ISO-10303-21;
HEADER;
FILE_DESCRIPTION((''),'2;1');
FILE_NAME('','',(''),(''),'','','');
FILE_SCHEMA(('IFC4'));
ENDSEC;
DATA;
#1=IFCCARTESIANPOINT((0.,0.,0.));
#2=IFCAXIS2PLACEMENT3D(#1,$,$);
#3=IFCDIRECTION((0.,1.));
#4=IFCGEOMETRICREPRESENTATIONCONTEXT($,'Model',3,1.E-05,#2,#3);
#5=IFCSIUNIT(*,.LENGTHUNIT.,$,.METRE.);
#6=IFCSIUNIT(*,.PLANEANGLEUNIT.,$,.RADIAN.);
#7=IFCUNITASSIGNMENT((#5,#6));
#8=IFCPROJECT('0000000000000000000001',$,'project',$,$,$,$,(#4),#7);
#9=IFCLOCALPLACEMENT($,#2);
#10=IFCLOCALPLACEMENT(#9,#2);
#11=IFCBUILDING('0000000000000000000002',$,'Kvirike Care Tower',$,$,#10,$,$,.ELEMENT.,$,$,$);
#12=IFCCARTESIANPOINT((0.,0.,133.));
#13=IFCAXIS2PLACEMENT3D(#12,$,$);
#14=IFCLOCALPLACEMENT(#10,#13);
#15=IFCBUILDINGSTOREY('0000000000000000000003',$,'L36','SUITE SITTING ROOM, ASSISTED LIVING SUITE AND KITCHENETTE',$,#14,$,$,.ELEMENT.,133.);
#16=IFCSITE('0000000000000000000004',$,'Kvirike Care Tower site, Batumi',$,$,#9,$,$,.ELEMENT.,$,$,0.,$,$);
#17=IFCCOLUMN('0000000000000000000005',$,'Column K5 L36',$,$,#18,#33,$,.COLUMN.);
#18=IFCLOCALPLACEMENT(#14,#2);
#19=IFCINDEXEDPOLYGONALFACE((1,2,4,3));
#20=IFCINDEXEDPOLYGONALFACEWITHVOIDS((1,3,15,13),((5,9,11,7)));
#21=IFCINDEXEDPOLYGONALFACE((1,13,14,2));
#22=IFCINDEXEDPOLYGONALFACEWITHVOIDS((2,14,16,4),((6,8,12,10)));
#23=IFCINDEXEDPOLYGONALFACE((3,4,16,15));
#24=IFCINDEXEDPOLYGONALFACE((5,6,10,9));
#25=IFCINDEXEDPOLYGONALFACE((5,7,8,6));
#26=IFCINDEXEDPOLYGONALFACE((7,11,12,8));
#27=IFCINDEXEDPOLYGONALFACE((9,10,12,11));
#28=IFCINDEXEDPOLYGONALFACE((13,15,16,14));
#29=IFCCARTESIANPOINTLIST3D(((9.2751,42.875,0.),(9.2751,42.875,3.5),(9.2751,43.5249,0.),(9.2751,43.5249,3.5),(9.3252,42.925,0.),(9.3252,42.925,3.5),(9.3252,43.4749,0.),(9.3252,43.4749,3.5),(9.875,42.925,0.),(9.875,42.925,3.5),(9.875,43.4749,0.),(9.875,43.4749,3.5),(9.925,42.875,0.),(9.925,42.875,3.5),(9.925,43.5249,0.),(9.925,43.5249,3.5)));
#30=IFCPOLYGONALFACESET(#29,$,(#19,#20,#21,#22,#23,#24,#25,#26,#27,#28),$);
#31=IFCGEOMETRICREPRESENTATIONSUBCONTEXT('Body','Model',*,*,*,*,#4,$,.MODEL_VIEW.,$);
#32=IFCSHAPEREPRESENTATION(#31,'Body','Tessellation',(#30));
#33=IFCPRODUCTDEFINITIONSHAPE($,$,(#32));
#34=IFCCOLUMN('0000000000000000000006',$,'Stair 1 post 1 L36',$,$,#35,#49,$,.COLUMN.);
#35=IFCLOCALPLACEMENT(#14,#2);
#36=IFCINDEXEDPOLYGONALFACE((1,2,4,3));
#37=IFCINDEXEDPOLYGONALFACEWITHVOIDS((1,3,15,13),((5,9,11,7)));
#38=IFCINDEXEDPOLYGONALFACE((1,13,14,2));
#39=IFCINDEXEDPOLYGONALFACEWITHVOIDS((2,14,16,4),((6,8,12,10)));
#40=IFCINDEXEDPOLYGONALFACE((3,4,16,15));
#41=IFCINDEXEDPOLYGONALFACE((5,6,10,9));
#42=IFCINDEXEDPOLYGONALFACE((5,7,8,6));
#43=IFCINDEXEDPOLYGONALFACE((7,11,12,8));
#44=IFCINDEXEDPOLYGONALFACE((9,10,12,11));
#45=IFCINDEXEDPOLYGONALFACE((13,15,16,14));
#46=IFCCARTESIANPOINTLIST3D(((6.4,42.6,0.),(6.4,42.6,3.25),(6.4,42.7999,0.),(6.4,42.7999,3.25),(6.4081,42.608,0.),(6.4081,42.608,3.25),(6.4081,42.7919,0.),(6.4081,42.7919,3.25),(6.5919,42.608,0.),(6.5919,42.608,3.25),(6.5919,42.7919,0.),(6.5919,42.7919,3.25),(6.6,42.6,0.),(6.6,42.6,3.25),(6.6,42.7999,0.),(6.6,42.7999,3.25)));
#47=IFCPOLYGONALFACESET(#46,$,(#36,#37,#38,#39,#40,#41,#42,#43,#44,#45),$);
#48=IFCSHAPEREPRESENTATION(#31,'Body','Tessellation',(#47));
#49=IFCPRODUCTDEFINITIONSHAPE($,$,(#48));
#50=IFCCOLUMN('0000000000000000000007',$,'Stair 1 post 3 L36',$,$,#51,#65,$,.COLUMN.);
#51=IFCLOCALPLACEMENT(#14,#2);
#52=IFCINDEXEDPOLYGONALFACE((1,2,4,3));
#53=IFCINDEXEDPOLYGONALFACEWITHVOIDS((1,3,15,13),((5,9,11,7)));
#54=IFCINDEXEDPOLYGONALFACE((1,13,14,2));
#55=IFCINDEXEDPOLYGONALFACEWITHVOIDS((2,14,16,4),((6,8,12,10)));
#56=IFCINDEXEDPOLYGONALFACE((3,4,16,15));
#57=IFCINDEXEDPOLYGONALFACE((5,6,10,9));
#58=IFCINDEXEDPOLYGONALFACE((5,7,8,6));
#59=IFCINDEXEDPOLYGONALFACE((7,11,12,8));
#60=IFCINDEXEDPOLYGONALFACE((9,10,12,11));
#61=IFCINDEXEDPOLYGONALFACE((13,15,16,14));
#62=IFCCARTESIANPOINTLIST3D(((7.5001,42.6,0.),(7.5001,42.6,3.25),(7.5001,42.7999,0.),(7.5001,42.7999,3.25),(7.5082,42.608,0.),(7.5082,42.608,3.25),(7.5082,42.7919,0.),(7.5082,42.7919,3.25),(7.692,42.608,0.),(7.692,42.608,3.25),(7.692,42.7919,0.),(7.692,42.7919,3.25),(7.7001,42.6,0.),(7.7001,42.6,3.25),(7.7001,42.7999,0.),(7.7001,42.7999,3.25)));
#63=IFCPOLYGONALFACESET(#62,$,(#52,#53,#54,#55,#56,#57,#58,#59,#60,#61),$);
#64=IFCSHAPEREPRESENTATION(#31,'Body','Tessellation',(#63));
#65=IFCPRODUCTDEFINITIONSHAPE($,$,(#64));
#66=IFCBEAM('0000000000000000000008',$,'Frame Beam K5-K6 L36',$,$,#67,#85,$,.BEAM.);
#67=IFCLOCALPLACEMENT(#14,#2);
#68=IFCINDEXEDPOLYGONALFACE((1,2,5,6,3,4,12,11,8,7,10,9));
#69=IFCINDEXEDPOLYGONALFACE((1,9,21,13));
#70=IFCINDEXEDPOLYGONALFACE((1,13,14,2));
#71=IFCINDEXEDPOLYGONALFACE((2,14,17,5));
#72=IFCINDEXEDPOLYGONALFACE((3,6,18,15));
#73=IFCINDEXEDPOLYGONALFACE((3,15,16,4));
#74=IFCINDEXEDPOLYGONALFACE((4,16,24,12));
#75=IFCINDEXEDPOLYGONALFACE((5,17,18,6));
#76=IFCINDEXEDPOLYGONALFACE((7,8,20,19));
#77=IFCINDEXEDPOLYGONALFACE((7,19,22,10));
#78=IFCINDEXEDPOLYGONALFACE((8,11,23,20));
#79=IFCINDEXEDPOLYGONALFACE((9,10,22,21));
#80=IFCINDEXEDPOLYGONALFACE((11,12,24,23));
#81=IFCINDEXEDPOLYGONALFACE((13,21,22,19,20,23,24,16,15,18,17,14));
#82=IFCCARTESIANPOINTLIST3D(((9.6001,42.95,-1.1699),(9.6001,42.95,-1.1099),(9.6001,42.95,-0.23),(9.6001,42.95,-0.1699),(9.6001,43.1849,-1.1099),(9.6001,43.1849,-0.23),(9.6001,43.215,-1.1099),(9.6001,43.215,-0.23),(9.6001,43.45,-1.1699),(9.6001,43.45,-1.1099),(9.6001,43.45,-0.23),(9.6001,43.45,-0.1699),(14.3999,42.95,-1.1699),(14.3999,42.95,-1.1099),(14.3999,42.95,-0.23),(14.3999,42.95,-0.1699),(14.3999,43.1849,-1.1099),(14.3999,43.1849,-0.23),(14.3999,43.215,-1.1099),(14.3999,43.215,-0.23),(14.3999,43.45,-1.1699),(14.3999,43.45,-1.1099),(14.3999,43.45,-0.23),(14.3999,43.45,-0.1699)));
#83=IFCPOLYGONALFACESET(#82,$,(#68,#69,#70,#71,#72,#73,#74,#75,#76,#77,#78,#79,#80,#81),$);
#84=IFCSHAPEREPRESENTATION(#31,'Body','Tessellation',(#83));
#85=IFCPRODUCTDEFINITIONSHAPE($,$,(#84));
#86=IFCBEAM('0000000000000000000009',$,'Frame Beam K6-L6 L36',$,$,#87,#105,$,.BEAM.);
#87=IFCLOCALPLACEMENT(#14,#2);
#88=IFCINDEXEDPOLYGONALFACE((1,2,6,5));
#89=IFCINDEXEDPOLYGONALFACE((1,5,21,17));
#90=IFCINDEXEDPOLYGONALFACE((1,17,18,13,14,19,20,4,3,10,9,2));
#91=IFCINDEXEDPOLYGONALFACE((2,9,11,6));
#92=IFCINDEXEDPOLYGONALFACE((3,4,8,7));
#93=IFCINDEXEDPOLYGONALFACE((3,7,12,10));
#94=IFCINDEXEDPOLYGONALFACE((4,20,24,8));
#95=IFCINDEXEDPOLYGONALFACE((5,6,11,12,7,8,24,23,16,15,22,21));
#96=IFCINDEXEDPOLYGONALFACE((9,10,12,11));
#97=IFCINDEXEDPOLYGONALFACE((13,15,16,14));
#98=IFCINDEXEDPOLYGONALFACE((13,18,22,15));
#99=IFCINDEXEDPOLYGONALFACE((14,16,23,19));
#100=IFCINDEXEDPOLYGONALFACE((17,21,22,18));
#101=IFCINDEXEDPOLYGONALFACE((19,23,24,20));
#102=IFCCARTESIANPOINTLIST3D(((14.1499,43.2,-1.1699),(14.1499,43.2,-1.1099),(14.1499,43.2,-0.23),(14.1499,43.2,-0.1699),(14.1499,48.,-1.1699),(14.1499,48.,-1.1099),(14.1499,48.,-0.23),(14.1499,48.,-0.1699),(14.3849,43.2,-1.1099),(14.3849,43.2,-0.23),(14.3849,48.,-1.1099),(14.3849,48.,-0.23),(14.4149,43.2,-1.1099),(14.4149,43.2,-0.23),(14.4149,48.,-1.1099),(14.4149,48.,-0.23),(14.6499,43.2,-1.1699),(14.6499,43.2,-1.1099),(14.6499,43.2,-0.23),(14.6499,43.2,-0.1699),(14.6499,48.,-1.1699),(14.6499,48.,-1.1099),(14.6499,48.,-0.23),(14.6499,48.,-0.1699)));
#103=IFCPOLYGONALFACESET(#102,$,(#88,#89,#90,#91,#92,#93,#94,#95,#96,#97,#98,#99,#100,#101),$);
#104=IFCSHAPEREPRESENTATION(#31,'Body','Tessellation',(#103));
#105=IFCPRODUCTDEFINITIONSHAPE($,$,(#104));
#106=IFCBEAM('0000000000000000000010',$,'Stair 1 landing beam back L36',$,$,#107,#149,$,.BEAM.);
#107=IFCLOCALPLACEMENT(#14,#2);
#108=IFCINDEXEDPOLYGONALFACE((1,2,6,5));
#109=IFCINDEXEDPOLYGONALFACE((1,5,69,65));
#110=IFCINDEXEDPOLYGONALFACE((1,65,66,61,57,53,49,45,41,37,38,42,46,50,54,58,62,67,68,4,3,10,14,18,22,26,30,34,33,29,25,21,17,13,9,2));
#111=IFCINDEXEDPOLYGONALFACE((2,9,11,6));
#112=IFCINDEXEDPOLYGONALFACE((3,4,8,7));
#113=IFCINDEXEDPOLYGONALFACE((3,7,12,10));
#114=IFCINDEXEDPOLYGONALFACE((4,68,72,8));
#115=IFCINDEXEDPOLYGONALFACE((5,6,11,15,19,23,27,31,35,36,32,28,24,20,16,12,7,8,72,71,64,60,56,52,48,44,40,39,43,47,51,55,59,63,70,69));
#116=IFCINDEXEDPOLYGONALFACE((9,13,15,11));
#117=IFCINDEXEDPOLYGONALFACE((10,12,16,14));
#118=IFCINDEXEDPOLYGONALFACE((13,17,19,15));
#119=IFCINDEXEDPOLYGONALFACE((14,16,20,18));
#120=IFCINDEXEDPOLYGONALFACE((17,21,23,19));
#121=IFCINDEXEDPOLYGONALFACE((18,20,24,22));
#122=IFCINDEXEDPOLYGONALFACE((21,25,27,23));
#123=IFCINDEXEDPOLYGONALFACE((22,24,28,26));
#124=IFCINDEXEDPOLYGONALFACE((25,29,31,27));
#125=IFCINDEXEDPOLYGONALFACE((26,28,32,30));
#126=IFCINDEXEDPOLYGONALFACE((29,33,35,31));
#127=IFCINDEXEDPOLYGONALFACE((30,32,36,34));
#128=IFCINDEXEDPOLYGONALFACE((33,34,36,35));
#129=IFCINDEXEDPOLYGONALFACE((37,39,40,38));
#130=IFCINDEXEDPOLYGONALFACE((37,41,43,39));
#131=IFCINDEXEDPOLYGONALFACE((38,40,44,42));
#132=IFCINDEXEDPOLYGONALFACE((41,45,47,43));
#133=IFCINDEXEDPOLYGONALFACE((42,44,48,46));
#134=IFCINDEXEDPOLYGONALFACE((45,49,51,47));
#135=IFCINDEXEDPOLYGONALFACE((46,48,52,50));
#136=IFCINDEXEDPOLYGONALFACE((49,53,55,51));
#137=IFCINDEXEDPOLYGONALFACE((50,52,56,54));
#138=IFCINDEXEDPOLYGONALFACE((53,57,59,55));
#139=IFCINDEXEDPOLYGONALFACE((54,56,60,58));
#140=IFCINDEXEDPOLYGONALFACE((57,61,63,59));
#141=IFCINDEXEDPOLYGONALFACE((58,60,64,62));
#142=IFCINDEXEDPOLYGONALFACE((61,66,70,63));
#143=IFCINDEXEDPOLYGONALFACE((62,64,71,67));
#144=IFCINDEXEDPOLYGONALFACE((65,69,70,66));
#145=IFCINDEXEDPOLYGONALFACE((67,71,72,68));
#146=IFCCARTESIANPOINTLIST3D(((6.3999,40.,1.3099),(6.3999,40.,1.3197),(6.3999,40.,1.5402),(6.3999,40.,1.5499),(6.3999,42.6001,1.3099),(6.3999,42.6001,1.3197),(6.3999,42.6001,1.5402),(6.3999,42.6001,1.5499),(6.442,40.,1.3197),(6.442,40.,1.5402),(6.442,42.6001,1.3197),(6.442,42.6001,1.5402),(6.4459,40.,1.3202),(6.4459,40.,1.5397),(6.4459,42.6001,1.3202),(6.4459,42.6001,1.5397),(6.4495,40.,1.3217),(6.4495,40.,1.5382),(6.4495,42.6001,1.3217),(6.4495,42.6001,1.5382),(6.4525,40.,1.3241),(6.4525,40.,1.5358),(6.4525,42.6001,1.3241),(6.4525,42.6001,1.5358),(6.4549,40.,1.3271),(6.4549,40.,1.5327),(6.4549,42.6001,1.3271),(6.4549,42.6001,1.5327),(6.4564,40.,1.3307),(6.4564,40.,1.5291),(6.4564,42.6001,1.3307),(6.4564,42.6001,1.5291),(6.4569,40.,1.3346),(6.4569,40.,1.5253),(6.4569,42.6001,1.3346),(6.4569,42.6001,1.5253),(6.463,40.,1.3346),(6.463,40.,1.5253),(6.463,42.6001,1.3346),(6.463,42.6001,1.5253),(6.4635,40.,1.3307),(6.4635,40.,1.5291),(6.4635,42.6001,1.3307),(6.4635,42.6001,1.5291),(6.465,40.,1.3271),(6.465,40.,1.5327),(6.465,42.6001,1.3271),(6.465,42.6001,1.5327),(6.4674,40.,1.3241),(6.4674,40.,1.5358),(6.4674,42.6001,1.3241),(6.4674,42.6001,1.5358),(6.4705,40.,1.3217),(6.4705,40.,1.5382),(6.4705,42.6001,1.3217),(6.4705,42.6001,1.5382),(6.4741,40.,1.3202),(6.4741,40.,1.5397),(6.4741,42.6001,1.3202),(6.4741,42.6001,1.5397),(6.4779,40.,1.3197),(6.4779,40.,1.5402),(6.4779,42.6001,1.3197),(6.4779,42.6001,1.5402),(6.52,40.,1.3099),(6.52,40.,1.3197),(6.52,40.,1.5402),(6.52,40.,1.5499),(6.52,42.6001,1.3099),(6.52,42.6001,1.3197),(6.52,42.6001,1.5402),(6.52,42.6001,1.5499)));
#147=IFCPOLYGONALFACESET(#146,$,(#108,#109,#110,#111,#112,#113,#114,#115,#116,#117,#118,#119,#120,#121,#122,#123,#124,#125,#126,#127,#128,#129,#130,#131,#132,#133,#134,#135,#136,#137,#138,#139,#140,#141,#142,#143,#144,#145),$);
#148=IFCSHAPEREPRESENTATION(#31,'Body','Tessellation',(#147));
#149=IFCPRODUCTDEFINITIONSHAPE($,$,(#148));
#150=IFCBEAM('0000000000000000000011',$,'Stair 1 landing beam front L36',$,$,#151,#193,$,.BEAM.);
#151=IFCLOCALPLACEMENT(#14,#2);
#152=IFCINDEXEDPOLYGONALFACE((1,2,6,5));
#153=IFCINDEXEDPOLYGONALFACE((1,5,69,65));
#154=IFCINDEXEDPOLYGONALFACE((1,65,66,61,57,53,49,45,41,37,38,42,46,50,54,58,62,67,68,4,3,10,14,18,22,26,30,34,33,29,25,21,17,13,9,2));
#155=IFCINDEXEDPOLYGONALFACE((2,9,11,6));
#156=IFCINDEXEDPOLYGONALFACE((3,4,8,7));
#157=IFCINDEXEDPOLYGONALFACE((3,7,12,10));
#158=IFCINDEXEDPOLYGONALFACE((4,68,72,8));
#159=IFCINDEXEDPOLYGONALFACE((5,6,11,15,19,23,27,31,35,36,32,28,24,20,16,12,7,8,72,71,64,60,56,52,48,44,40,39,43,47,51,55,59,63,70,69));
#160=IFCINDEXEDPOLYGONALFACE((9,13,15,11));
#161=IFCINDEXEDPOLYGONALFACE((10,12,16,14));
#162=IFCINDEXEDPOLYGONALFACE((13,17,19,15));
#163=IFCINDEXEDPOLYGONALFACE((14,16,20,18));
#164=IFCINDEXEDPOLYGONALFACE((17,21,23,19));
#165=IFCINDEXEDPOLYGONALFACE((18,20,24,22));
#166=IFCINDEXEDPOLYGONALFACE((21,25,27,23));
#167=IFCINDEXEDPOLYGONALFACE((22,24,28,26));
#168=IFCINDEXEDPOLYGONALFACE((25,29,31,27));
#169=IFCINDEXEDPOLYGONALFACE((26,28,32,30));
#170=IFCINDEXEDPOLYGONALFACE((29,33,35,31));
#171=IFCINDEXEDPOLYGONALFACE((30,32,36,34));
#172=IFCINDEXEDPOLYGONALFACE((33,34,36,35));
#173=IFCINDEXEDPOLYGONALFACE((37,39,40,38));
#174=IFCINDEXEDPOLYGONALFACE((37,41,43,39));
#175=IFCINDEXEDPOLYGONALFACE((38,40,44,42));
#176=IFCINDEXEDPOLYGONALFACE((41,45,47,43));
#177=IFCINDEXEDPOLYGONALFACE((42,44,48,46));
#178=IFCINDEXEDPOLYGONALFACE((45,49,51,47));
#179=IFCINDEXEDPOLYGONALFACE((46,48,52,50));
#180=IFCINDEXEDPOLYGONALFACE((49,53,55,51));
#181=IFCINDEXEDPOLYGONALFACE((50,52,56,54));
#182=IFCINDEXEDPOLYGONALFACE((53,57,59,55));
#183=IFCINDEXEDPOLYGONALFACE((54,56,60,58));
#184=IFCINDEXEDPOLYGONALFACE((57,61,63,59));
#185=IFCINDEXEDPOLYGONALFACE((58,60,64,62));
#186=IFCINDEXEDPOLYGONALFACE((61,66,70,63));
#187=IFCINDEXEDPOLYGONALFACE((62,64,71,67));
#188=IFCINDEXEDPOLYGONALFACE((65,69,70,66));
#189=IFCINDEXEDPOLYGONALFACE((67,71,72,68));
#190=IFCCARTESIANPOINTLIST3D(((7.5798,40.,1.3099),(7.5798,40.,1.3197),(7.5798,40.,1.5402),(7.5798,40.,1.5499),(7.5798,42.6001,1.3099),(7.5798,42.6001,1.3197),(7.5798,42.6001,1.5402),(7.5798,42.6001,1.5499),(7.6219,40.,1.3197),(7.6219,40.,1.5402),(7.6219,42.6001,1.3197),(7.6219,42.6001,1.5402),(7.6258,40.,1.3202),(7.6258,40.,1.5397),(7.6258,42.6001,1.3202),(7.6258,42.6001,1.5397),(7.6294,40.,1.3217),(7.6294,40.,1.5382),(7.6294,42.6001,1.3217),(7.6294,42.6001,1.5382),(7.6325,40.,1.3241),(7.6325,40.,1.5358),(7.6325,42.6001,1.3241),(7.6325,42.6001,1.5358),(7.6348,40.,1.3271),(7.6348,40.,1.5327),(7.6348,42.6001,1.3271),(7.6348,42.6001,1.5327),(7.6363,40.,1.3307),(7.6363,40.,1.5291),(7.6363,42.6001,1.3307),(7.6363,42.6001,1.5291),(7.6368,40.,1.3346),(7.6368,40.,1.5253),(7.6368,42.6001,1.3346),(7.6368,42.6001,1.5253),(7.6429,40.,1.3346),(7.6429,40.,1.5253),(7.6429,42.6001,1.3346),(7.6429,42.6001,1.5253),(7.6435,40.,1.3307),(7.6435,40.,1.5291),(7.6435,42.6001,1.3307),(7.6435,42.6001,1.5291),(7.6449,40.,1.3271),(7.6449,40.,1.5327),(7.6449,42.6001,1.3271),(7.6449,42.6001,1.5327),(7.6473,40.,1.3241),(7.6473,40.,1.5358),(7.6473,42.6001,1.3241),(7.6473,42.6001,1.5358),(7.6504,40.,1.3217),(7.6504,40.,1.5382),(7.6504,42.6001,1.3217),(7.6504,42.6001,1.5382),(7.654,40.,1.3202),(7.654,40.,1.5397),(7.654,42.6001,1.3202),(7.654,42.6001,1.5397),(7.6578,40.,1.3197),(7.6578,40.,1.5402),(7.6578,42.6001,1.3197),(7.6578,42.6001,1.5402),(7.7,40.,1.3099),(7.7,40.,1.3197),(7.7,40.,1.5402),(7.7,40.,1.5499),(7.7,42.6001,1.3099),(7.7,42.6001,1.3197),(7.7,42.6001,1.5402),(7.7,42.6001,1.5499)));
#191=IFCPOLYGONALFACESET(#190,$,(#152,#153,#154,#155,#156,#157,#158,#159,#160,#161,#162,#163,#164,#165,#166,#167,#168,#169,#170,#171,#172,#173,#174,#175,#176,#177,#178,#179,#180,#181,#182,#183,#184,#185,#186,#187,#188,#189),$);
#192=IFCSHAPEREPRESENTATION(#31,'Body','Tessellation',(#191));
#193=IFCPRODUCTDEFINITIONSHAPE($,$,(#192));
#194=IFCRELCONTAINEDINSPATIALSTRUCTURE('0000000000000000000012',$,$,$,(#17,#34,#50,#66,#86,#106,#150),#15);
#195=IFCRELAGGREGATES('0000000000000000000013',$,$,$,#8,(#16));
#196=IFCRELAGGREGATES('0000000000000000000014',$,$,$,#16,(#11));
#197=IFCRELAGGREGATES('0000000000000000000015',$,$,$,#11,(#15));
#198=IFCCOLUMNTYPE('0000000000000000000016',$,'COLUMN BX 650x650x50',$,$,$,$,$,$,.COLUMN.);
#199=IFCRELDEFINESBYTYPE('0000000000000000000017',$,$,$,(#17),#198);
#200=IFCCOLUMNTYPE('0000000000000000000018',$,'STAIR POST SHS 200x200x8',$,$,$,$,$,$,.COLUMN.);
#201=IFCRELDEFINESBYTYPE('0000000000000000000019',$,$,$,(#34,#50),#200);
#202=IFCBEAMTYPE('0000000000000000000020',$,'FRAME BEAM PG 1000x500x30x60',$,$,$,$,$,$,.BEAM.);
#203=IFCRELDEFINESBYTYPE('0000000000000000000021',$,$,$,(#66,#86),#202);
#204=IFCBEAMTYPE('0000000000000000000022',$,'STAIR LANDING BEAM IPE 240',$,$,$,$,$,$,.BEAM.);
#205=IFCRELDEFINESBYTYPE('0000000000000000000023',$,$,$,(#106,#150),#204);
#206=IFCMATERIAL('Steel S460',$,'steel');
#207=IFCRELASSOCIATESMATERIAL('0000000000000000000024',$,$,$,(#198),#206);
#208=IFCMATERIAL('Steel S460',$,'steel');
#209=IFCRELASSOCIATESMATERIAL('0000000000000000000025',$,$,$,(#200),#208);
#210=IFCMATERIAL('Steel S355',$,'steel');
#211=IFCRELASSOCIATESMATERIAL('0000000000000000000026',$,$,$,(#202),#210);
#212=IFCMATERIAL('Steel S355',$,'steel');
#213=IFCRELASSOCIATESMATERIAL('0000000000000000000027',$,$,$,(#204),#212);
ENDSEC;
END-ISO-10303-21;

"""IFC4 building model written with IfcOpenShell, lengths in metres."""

from ifc_helpers import new_model, si_unit, direction, frame, origin, origin_2d, place, context, subcontext, project, spatial, hollow_rectangle, i_section, extrude, material, material_profile, profile_set, type_object, element, save


model = new_model("IFC4")

# Units and contexts
model_context = context("Model", 3, precision=1e-05, world=origin(), true_north=direction((0.0, 1.0)))
body_context = subcontext(model_context, "Body", "Model", "MODEL_VIEW")
ifc_project = project(units=[si_unit("LENGTHUNIT", "METRE"), si_unit("PLANEANGLEUNIT", "RADIAN")], contexts=[model_context])

# Site, building, storey
site_placement = place(None, origin())
site = spatial("IfcSite", under=ifc_project, at=site_placement, Name="Kvirike Care Tower site, Batumi", CompositionType="ELEMENT", RefElevation=0.0)
building_placement = place(site_placement, origin())
building = spatial("IfcBuilding", under=site, at=building_placement, Name="Kvirike Care Tower", CompositionType="ELEMENT")
storey_placement = place(building_placement, frame((0.0, 0.0, 133.0)))
storey = spatial("IfcBuildingStorey", under=building, at=storey_placement, Name="L36", Description="SUITE SITTING ROOM, ASSISTED LIVING SUITE AND KITCHENETTE", CompositionType="ELEMENT", Elevation=133.0)

# Columns
ifc_material_1 = material(Name="Steel S460", Category="steel")
ifc_material_profile_1 = material_profile(ifc_material_1, hollow_rectangle(XDim=0.6499, YDim=0.6499, WallThickness=0.05, at=origin_2d()), Name="BX 650x650x50")
ifc_profile_set_1 = profile_set([ifc_material_profile_1], Name="Steel S460")
column_type_1 = type_object("IfcColumnType", Name="COLUMN BX 650x650x50", PredefinedType="COLUMN", material=ifc_profile_set_1)
column_placement = place(storey_placement, frame((9.6001, 43.2, 0.0), z_axis=(0.0, 0.0, 1.0), x_axis=(0.0, 1.0, 0.0)))
element("IfcColumn", 1, at=column_placement, inside=storey, type_object=column_type_1, Name="Column K5 L36", PredefinedType="COLUMN", context=body_context, shape_type="SweptSolid", body=[
    extrude(hollow_rectangle(XDim=0.6499, YDim=0.6499, WallThickness=0.05, at=origin_2d()), origin(), (0.0, 0.0, 1.0), 3.5),
])
ifc_material_2 = material(Name="Steel S460", Category="steel")
ifc_material_profile_2 = material_profile(ifc_material_2, hollow_rectangle(XDim=0.2, YDim=0.2, WallThickness=0.0081, at=origin_2d()), Name="SHS 200x200x8")
ifc_profile_set_2 = profile_set([ifc_material_profile_2], Name="Steel S460")
column_type_2 = type_object("IfcColumnType", Name="STAIR POST SHS 200x200x8", PredefinedType="COLUMN", material=ifc_profile_set_2)
for number, where, z_axis, x_axis, name in (
    (2, (6.5, 42.7, 0.0), (0.0, 0.0, 1.0), (1.0, 0.0, 0.0), "Stair 1 post 1 L36"),
    (3, (7.6001, 42.7, 0.0), (0.0, 0.0, 1.0), (1.0, 0.0, 0.0), "Stair 1 post 3 L36"),
):
    element("IfcColumn", number, at=place(storey_placement, frame(where, z_axis=z_axis, x_axis=x_axis)), inside=storey, type_object=column_type_2, Name=name, PredefinedType="COLUMN", context=body_context, shape_type="SweptSolid", body=[
        extrude(hollow_rectangle(XDim=0.2, YDim=0.2, WallThickness=0.0081, at=origin_2d()), origin(), (0.0, 0.0, 1.0), 3.25),
    ])

# Beams
ifc_material_3 = material(Name="Steel S355", Category="steel")
ifc_material_profile_3 = material_profile(ifc_material_3, i_section(OverallWidth=0.5, OverallDepth=1.0, WebThickness=0.03, FlangeThickness=0.0601, at=origin_2d()), Name="PG 1000x500x30x60")
ifc_profile_set_3 = profile_set([ifc_material_profile_3], Name="Steel S355")
beam_type_1 = type_object("IfcBeamType", Name="FRAME BEAM PG 1000x500x30x60", PredefinedType="BEAM", material=ifc_profile_set_3)
beam_1_placement = place(storey_placement, frame((9.6001, 43.2, -0.6699), z_axis=(1.0, 0.0, 0.0), x_axis=(0.0, 1.0, 0.0)))
element("IfcBeam", 4, at=beam_1_placement, inside=storey, type_object=beam_type_1, Name="Frame Beam K5-K6 L36", PredefinedType="BEAM", context=body_context, shape_type="SweptSolid", body=[
    extrude(i_section(OverallWidth=0.5, OverallDepth=1.0, WebThickness=0.03, FlangeThickness=0.0601, at=origin_2d()), origin(), (0.0, 0.0, 1.0), 4.7998),
])
beam_2_placement = place(storey_placement, frame((14.3999, 43.2, -0.6699), z_axis=(0.0, 1.0, 0.0), x_axis=(-1.0, 0.0, 0.0)))
element("IfcBeam", 5, at=beam_2_placement, inside=storey, type_object=beam_type_1, Name="Frame Beam K6-L6 L36", PredefinedType="BEAM", context=body_context, shape_type="SweptSolid", body=[
    extrude(i_section(OverallWidth=0.5, OverallDepth=1.0, WebThickness=0.03, FlangeThickness=0.0601, at=origin_2d()), origin(), (0.0, 0.0, 1.0), 4.8),
])
ifc_material_4 = material(Name="Steel S355", Category="steel")
ifc_material_profile_4 = material_profile(ifc_material_4, i_section(OverallWidth=0.1201, OverallDepth=0.24, WebThickness=0.0061, FlangeThickness=0.0098, FilletRadius=0.0149, at=origin_2d()), Name="IPE 240")
ifc_profile_set_4 = profile_set([ifc_material_profile_4], Name="Steel S355")
beam_type_2 = type_object("IfcBeamType", Name="STAIR LANDING BEAM IPE 240", PredefinedType="BEAM", material=ifc_profile_set_4)
for number, where, z_axis, x_axis, name in (
    (6, (6.46, 42.6001, 1.4299), (0.0, -1.0, 0.0), (1.0, 0.0, 0.0), "Stair 1 landing beam back L36"),
    (7, (7.6399, 42.6001, 1.4299), (0.0, -1.0, 0.0), (1.0, 0.0, 0.0), "Stair 1 landing beam front L36"),
):
    element("IfcBeam", number, at=place(storey_placement, frame(where, z_axis=z_axis, x_axis=x_axis)), inside=storey, type_object=beam_type_2, Name=name, PredefinedType="BEAM", context=body_context, shape_type="SweptSolid", body=[
        extrude(i_section(OverallWidth=0.1201, OverallDepth=0.24, WebThickness=0.0061, FlangeThickness=0.0098, FilletRadius=0.0149, at=origin_2d()), origin(), (0.0, 0.0, 1.0), 2.6001),
    ])

save(model, "model.ifc")
